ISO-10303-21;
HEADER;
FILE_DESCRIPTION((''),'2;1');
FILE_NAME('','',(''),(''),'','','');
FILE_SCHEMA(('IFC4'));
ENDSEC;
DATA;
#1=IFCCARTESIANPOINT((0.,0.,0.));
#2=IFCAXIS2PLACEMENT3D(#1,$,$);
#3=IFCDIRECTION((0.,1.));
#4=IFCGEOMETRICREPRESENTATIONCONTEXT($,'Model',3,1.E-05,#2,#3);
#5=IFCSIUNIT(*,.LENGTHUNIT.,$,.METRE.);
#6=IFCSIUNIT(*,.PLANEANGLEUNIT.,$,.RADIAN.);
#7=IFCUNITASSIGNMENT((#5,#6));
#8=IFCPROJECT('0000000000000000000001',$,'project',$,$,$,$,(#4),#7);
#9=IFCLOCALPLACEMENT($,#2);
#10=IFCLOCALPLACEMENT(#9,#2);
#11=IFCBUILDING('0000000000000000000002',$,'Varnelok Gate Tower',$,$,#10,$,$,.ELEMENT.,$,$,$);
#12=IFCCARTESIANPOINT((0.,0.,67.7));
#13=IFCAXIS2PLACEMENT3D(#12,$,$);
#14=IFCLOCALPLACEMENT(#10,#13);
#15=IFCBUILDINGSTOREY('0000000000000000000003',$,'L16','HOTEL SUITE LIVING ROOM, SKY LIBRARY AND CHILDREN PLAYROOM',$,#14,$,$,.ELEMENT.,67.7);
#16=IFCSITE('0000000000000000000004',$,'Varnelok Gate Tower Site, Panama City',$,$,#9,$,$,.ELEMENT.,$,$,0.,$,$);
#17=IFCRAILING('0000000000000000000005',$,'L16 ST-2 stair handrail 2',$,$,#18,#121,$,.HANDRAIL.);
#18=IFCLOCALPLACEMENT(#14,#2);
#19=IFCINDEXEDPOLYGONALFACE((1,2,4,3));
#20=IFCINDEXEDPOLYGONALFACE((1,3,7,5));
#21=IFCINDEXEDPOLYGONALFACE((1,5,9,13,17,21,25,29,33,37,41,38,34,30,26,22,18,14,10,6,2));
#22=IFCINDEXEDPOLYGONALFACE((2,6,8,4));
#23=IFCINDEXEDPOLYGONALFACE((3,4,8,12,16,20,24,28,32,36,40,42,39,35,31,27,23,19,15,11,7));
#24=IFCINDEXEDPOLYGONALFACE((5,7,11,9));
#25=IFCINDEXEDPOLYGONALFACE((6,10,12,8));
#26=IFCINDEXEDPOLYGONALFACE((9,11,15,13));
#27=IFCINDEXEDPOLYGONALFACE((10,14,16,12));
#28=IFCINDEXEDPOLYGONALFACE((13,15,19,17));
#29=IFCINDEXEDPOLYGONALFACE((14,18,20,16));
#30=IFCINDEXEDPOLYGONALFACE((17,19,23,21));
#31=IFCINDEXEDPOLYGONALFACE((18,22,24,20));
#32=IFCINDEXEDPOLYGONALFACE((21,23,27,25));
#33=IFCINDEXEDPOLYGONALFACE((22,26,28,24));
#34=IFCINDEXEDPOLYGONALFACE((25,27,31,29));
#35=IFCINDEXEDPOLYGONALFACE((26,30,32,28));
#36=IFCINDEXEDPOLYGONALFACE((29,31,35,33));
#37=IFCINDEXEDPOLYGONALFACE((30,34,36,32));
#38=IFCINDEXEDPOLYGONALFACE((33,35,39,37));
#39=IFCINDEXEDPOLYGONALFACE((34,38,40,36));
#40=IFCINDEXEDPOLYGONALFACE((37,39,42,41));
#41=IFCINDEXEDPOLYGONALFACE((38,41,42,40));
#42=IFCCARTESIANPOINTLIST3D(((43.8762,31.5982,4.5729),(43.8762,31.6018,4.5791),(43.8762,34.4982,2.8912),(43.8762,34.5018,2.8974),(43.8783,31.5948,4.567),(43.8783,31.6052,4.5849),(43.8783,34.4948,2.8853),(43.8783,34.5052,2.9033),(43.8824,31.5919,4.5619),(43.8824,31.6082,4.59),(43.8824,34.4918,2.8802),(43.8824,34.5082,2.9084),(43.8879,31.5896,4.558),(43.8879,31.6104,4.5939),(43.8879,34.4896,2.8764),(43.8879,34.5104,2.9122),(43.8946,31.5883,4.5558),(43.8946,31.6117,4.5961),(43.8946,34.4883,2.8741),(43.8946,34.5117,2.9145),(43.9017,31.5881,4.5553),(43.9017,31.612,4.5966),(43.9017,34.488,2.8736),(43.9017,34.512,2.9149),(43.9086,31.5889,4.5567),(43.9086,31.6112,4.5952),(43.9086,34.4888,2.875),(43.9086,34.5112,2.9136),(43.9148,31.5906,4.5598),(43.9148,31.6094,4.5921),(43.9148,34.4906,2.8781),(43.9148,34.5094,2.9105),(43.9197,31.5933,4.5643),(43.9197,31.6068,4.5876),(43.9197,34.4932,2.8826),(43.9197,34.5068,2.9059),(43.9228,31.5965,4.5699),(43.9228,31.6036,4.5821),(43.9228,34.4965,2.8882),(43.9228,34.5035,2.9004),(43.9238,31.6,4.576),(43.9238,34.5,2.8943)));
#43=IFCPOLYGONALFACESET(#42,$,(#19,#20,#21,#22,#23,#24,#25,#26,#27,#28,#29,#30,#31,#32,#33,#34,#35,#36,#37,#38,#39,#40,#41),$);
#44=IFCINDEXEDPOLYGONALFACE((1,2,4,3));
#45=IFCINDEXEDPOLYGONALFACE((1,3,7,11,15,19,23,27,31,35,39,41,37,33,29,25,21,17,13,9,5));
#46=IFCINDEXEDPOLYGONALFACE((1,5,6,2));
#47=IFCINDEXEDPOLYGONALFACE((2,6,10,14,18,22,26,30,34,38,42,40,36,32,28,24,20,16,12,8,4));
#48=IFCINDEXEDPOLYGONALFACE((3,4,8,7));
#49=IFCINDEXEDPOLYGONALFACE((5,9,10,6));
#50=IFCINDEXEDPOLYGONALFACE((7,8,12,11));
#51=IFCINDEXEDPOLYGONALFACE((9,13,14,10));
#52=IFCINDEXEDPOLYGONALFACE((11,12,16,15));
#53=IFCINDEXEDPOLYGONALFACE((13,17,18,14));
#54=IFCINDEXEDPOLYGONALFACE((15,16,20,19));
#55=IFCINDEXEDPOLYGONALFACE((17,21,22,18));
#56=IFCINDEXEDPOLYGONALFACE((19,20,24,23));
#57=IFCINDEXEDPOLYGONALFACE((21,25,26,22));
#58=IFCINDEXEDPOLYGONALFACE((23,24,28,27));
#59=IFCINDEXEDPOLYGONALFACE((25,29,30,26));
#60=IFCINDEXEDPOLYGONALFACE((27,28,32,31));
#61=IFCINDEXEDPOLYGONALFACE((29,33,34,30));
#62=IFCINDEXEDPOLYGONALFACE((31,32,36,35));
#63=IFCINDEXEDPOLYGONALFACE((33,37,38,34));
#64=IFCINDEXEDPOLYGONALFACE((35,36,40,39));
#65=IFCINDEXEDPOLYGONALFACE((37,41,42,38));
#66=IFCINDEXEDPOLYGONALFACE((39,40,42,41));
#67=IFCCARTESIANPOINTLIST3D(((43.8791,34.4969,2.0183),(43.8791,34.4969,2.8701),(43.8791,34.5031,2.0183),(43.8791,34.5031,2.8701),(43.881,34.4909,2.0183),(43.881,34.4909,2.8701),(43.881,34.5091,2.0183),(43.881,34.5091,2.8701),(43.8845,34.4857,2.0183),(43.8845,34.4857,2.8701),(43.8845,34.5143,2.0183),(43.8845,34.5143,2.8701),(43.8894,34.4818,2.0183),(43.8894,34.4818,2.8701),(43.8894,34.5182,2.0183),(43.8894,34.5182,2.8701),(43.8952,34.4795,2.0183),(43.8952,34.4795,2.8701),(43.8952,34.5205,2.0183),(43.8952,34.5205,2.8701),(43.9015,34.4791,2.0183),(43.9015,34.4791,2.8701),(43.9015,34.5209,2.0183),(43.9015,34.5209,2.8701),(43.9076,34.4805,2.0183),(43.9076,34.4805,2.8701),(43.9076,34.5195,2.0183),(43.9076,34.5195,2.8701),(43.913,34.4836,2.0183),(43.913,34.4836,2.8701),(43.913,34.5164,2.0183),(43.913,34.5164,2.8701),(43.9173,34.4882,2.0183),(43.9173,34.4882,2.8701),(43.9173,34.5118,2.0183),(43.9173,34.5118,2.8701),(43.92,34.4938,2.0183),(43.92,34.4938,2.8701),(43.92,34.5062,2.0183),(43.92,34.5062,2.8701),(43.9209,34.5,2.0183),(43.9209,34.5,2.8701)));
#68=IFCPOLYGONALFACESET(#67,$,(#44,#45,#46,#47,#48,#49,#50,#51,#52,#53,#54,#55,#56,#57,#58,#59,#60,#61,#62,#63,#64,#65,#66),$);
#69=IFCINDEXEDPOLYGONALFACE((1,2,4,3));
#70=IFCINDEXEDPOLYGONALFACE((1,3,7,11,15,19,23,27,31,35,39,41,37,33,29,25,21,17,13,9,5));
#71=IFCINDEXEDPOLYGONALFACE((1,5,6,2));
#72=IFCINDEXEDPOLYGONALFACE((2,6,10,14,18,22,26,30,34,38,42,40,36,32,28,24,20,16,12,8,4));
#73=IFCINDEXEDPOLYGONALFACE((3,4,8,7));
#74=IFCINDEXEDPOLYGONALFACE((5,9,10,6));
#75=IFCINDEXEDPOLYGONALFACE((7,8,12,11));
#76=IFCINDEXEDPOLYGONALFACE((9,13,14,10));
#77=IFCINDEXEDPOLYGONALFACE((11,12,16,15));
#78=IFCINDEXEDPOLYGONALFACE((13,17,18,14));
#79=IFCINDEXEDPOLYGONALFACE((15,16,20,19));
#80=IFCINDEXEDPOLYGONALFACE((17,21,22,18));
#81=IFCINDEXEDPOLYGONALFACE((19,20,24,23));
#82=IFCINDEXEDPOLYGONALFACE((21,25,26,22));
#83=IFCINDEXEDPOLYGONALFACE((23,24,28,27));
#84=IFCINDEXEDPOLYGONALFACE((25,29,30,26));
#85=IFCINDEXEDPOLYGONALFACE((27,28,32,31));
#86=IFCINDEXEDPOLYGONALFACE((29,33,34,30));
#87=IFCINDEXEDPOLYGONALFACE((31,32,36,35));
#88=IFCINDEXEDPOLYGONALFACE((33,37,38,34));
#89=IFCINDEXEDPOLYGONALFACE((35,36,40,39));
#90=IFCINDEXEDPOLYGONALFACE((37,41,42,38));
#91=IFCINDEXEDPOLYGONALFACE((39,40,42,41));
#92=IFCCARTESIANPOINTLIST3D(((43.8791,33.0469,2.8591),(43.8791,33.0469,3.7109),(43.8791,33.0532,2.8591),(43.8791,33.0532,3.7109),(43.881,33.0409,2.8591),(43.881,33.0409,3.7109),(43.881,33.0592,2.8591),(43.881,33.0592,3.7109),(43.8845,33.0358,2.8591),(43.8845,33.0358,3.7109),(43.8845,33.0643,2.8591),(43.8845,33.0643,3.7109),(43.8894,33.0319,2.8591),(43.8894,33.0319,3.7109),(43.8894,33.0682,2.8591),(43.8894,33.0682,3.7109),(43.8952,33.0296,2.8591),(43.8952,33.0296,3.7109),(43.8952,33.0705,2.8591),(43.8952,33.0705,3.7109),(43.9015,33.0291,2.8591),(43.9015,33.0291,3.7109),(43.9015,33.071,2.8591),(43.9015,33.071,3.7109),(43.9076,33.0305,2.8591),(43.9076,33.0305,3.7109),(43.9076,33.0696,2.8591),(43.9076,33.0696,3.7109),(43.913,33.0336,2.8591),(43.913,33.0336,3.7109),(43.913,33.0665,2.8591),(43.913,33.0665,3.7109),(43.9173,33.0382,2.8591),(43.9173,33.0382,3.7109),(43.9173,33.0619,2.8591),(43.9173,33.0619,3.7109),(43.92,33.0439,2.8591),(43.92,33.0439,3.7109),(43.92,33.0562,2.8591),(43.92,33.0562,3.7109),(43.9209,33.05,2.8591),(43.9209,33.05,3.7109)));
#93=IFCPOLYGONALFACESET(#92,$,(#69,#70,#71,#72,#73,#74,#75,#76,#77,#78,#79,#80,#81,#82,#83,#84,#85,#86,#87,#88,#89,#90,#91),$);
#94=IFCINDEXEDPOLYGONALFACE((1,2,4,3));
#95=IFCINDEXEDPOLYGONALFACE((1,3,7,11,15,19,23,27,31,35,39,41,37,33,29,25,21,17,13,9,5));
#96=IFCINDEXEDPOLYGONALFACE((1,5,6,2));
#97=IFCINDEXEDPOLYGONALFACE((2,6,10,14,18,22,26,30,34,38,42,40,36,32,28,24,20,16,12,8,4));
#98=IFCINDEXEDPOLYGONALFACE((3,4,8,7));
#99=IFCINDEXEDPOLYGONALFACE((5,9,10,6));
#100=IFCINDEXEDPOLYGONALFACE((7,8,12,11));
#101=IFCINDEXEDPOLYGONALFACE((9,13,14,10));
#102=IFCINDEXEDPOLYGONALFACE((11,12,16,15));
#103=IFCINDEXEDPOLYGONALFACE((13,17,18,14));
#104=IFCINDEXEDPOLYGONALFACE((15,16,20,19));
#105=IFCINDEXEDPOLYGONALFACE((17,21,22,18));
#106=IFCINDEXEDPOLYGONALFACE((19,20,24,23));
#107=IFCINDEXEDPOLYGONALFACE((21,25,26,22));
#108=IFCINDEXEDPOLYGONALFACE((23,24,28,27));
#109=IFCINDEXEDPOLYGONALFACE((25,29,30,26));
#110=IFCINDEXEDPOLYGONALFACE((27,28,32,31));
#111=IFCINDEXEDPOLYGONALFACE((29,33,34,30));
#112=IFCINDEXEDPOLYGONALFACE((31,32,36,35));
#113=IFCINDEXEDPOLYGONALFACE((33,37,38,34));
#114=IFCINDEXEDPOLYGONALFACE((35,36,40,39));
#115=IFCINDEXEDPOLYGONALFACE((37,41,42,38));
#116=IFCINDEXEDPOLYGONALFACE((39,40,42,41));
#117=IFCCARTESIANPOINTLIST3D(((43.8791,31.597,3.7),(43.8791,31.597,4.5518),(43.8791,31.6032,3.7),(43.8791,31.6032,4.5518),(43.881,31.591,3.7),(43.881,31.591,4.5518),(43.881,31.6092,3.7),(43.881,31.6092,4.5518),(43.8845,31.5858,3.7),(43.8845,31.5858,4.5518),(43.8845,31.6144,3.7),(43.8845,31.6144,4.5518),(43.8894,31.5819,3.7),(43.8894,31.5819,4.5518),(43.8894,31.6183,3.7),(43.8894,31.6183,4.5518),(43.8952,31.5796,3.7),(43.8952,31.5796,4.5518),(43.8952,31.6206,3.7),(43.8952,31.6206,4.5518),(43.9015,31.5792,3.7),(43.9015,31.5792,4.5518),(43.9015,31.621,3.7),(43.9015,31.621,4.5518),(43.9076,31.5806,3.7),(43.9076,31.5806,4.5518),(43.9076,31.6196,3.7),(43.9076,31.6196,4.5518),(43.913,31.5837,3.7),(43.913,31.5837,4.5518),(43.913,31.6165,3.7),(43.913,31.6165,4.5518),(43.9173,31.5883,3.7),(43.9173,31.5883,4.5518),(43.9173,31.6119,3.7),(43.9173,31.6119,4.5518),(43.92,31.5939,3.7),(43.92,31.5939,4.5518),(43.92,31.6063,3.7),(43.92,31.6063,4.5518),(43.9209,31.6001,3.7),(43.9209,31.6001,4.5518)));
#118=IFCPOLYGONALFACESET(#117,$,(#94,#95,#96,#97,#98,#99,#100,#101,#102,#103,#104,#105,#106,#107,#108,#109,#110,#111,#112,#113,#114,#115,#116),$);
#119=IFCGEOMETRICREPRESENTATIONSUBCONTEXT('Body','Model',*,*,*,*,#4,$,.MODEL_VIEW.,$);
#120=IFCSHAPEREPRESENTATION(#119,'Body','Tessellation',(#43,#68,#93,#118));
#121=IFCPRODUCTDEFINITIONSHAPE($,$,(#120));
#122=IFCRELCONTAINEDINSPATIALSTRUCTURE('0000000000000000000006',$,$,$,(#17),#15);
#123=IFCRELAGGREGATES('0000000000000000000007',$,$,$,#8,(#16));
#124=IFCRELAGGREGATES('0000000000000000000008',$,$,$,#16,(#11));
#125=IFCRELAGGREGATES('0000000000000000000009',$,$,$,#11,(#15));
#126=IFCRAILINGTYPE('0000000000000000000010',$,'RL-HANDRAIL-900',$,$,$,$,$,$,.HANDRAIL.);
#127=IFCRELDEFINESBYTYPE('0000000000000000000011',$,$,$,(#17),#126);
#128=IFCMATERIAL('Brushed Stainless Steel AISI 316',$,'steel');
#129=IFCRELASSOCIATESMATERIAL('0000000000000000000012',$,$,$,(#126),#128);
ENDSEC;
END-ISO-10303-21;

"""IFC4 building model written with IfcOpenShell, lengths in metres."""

from ifc_helpers import new_model, si_unit, direction, frame, origin, origin_2d, place, context, subcontext, project, spatial, circle, extrude, material, type_object, element, save


model = new_model("IFC4")

# Units and contexts
model_context = context("Model", 3, precision=1e-05, world=origin(), true_north=direction((0.0, 1.0)))
body_context = subcontext(model_context, "Body", "Model", "MODEL_VIEW")
ifc_project = project(units=[si_unit("LENGTHUNIT", "METRE"), si_unit("PLANEANGLEUNIT", "RADIAN")], contexts=[model_context])

# Site, building, storey
site_placement = place(None, origin())
site = spatial("IfcSite", under=ifc_project, at=site_placement, Name="Varnelok Gate Tower Site, Panama City", CompositionType="ELEMENT", RefElevation=0.0)
building_placement = place(site_placement, origin())
building = spatial("IfcBuilding", under=site, at=building_placement, Name="Varnelok Gate Tower", CompositionType="ELEMENT")
storey_placement = place(building_placement, frame((0.0, 0.0, 67.7)))
storey = spatial("IfcBuildingStorey", under=building, at=storey_placement, Name="L16", Description="HOTEL SUITE LIVING ROOM, SKY LIBRARY AND CHILDREN PLAYROOM", CompositionType="ELEMENT", Elevation=67.7)

# Railing
ifc_material_1 = material(Name="Brushed Stainless Steel AISI 316", Category="steel")
railing_type_1 = type_object("IfcRailingType", Name="RL-HANDRAIL-900", PredefinedType="HANDRAIL", material=ifc_material_1)
railing_1_placement = place(storey_placement, frame((43.8999, 34.5, 2.0183)))
element("IfcRailing", 1, at=railing_1_placement, inside=storey, type_object=railing_type_1, Name="L16 ST-2 stair handrail 2", PredefinedType="HANDRAIL", context=body_context, shape_type="SweptSolid", body=[
    extrude(circle(Radius=0.0239, at=origin_2d()), frame((0.0, 0.0, 0.876), z_axis=(0.0, -0.86507, 0.501651), x_axis=(1.0, 0.0, 0.0)), (0.0, 0.0, 1.0), 3.3523),
    extrude(circle(Radius=0.021, at=origin_2d()), origin(), (0.0, 0.0, 1.0), 0.8518),
    extrude(circle(Radius=0.021, at=origin_2d()), frame((0.0, -1.45, 0.8408)), (0.0, 0.0, 1.0), 0.8518),
    extrude(circle(Radius=0.021, at=origin_2d()), frame((0.0, -2.8999, 1.6816)), (0.0, 0.0, 1.0), 0.8518),
])

save(model, "model.ifc")
